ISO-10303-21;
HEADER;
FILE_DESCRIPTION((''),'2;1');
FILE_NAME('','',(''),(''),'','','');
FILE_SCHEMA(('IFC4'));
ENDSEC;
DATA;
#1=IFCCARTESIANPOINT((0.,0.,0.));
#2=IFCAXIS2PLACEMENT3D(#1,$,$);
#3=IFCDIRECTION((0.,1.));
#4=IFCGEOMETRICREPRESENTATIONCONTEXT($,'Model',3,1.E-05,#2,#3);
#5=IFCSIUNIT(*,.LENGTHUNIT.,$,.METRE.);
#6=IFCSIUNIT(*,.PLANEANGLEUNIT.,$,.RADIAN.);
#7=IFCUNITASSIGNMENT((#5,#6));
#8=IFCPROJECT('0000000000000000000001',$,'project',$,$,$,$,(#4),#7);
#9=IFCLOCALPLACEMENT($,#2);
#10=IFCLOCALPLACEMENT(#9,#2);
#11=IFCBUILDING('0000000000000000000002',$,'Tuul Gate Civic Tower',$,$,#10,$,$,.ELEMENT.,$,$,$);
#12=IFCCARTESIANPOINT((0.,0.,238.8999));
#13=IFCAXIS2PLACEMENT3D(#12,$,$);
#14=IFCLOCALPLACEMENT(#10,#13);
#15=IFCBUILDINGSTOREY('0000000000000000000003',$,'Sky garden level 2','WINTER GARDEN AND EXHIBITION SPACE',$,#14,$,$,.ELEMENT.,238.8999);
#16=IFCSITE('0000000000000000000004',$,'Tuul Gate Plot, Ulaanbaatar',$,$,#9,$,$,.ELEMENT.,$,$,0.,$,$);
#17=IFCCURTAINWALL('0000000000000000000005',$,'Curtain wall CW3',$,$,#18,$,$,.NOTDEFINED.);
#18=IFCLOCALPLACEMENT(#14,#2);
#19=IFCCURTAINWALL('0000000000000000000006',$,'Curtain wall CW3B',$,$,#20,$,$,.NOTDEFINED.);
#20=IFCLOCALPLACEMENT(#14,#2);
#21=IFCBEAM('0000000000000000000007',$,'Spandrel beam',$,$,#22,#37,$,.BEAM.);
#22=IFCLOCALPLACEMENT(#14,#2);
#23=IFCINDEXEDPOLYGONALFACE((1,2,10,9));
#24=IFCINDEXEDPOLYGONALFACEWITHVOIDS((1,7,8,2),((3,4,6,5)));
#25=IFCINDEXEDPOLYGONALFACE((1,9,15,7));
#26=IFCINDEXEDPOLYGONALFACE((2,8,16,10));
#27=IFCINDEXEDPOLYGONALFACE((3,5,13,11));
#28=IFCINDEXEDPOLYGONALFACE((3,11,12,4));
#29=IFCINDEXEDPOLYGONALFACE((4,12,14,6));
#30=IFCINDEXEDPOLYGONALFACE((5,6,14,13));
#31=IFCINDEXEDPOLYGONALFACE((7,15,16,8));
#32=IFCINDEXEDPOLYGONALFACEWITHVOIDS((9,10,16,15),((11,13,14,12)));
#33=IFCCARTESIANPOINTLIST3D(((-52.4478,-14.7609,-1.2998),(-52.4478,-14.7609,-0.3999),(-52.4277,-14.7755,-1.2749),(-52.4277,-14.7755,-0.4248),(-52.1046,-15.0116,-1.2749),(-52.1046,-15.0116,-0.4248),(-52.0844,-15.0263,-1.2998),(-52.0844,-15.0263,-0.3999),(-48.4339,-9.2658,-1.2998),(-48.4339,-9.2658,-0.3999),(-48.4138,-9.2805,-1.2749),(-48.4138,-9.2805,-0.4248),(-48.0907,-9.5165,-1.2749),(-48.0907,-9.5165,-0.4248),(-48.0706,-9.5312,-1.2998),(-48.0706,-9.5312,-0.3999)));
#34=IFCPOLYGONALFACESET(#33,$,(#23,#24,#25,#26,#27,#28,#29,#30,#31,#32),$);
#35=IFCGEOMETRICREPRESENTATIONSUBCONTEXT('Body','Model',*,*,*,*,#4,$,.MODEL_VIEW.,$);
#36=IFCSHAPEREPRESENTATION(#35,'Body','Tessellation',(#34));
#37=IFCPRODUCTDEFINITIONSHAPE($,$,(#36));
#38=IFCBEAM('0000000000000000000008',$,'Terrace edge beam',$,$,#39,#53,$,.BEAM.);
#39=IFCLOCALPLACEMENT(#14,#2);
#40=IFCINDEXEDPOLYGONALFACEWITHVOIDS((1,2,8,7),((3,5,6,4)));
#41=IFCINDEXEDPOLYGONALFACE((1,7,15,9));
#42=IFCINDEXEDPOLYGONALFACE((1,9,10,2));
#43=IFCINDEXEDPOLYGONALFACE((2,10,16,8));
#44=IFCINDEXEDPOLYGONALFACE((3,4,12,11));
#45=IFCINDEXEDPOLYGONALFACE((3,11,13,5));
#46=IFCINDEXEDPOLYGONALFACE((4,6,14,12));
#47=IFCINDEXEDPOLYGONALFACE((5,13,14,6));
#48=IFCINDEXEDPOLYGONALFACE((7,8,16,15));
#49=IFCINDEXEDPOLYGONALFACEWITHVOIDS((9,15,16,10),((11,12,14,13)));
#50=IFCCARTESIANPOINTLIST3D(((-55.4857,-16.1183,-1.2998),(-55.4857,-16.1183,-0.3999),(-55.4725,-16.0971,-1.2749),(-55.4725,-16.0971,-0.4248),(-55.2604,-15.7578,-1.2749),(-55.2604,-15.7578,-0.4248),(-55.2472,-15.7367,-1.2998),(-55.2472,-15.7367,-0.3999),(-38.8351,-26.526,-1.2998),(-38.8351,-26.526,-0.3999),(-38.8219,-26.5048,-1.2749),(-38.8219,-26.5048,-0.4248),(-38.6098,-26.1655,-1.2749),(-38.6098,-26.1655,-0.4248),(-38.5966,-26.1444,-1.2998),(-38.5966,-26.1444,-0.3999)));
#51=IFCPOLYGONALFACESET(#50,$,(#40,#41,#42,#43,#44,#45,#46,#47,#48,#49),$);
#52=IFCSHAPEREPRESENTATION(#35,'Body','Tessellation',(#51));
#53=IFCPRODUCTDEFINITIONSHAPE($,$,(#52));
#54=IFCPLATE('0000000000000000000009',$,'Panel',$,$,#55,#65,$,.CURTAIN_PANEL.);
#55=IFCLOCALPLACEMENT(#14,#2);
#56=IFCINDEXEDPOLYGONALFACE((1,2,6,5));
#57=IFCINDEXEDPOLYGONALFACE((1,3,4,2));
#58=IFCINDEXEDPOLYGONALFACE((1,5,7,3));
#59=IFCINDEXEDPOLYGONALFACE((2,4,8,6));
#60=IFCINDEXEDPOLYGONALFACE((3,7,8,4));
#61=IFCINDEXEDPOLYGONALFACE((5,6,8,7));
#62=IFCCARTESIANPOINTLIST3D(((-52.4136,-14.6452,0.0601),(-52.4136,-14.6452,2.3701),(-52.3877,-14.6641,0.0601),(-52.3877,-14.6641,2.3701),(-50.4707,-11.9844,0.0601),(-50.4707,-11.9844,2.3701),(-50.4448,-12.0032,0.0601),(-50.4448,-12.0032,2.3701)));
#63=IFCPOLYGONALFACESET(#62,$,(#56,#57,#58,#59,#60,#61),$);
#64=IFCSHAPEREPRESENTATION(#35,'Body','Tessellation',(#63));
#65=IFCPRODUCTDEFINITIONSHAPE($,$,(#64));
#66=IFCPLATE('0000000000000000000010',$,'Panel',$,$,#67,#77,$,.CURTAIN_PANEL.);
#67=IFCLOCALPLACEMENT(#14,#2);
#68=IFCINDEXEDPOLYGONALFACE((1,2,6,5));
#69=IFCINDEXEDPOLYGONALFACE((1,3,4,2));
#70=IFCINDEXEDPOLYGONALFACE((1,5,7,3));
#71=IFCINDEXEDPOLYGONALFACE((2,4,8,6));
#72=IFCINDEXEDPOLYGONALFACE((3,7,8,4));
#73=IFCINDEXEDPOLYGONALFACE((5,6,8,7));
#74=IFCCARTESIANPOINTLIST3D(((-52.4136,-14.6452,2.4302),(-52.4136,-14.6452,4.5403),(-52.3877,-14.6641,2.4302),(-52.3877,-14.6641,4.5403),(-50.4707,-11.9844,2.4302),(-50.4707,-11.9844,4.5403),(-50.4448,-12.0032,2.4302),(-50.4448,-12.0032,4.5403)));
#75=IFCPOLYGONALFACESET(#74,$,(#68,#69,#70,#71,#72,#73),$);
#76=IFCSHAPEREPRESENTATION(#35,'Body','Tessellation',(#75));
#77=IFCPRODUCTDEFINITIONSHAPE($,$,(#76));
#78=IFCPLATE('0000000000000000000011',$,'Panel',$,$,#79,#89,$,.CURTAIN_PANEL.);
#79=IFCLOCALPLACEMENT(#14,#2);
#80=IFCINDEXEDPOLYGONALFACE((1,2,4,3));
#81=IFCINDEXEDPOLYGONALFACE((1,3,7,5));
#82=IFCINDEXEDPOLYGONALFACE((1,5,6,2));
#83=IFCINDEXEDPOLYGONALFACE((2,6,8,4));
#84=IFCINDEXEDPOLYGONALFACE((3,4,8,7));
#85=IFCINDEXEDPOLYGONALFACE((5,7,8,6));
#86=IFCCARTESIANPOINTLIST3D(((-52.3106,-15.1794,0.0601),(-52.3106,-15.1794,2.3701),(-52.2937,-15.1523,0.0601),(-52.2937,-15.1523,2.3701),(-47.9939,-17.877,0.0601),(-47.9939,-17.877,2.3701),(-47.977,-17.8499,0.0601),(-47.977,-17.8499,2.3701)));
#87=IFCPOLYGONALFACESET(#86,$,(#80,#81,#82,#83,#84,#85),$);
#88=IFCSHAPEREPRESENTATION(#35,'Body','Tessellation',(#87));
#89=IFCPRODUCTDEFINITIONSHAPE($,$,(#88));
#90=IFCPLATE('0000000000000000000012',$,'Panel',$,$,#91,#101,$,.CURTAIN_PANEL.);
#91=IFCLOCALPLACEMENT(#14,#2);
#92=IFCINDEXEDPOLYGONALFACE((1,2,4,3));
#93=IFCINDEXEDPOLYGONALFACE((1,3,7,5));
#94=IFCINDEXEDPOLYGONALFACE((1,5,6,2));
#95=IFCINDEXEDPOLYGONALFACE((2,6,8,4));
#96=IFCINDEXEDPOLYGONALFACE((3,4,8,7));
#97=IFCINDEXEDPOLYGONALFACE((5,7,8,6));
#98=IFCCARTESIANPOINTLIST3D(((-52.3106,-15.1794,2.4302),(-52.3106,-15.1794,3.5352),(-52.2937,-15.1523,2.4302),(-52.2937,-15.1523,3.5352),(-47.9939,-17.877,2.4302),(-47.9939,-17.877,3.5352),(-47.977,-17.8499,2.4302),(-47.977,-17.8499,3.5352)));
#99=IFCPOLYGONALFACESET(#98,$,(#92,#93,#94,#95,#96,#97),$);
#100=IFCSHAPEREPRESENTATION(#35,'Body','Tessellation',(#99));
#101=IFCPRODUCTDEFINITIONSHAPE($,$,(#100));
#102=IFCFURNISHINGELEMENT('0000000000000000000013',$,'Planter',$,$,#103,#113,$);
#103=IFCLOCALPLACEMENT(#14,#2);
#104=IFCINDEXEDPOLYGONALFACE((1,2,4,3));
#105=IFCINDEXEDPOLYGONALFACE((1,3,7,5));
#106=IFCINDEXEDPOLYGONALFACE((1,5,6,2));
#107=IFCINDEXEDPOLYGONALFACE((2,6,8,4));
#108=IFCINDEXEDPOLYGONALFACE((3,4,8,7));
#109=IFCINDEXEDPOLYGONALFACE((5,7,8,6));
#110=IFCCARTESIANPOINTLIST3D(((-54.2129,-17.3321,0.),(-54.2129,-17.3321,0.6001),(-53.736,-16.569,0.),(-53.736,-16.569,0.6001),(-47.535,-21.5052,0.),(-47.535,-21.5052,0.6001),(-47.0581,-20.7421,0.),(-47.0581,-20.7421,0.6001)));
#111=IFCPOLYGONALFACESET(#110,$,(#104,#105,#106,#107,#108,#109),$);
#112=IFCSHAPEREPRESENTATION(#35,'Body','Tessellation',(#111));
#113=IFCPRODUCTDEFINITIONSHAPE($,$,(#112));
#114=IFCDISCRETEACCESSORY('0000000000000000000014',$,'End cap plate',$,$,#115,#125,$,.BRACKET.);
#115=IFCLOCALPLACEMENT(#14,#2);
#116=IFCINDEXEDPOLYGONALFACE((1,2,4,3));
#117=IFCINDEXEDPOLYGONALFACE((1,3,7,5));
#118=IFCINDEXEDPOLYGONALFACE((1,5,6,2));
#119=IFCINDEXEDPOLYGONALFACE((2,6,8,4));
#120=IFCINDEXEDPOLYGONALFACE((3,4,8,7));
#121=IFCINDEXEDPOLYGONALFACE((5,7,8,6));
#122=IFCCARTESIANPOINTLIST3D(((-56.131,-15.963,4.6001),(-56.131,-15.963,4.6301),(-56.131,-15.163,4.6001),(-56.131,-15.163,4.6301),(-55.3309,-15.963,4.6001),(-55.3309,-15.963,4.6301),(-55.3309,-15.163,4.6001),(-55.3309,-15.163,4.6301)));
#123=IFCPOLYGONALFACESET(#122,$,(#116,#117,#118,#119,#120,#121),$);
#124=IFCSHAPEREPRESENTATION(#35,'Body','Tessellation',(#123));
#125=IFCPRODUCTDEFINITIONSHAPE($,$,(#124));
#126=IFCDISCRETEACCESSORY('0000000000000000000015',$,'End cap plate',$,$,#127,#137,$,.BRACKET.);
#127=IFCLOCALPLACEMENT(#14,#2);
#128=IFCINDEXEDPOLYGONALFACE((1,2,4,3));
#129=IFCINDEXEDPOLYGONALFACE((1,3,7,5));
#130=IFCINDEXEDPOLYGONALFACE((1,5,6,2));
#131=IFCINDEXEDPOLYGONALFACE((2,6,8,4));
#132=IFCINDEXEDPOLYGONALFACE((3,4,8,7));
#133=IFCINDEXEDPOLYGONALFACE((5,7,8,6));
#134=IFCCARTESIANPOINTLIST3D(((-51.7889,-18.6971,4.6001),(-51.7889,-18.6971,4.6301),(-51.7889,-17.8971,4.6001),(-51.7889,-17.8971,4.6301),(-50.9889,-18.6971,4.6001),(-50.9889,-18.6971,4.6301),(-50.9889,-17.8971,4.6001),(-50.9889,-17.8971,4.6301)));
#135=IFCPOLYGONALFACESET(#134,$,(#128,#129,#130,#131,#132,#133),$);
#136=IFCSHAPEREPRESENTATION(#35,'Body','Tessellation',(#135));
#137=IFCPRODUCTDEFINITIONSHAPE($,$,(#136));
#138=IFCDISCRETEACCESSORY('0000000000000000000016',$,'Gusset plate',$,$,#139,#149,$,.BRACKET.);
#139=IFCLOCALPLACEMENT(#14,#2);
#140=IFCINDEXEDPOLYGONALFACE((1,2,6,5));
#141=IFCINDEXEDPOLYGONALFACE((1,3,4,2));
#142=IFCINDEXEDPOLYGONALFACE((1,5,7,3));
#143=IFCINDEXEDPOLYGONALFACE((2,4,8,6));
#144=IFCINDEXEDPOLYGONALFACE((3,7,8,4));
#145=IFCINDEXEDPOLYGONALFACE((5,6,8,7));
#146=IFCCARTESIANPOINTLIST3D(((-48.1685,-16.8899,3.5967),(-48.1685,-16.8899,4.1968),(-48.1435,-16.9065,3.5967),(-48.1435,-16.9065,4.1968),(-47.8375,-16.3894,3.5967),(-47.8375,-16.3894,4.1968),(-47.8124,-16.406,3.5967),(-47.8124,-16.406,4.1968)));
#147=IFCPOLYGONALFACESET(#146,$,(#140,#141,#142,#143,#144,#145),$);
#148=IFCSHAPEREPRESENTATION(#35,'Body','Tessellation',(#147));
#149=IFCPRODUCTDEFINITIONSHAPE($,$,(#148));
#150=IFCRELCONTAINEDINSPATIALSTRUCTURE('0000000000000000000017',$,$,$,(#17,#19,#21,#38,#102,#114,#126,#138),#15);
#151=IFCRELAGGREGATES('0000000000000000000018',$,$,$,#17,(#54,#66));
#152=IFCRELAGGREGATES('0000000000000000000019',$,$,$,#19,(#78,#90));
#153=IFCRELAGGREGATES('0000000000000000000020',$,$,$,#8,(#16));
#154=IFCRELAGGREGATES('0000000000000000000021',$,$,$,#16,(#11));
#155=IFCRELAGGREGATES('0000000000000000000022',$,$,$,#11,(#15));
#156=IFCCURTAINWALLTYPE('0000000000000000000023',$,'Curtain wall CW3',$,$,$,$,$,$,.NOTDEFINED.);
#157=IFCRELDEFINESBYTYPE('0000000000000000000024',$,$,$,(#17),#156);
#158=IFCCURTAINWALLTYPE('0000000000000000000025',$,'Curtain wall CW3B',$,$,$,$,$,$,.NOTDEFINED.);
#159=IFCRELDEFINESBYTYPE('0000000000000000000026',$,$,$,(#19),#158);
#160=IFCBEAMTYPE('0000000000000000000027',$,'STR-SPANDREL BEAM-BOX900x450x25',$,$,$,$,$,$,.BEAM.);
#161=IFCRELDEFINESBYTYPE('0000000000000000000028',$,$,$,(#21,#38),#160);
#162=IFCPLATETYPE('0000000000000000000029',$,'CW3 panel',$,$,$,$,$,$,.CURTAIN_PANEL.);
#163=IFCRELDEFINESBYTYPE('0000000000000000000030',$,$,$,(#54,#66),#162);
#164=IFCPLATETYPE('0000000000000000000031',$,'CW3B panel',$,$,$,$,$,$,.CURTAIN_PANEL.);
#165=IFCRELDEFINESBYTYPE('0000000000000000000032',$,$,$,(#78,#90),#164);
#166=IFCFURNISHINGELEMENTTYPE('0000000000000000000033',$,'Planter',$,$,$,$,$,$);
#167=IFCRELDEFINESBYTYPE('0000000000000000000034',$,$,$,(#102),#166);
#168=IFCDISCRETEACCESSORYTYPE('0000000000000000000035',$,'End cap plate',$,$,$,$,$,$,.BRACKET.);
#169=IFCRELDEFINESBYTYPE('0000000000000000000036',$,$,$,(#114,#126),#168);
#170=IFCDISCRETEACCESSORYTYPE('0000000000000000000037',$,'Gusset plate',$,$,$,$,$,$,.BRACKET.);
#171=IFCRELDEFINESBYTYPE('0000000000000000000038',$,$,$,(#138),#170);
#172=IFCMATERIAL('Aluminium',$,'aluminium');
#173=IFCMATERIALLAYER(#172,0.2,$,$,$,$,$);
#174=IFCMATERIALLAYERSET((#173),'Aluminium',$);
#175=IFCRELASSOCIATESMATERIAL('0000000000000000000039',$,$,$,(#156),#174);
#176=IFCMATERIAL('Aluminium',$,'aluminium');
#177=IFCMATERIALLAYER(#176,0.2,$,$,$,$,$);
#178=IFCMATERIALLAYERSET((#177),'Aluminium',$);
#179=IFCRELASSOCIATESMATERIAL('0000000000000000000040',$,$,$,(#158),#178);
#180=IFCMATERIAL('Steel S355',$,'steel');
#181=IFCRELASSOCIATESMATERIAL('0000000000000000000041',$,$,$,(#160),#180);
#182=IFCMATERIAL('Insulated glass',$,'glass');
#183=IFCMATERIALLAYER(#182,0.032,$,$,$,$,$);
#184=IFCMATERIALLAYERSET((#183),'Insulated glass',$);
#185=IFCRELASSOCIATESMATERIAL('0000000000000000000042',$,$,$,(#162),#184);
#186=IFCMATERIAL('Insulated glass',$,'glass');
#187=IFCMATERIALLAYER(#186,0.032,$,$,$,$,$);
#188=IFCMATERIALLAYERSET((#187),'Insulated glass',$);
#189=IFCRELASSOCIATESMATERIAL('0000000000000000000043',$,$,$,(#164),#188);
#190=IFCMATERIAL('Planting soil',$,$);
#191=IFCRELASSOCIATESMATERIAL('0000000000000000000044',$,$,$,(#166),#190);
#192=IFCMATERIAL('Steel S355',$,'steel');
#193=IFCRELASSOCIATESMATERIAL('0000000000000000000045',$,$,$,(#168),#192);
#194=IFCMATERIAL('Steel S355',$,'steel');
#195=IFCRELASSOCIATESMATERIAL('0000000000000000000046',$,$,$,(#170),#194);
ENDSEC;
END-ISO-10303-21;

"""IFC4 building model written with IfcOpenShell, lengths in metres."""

from ifc_helpers import new_model, si_unit, direction, frame, origin, origin_2d, place, context, subcontext, project, spatial, rectangle, hollow_rectangle, extrude, material, layer, layer_set, material_profile, profile_set, type_object, element, aggregate, save


model = new_model("IFC4")

# Units and contexts
model_context = context("Model", 3, precision=1e-05, world=origin(), true_north=direction((0.0, 1.0)))
body_context = subcontext(model_context, "Body", "Model", "MODEL_VIEW")
ifc_project = project(units=[si_unit("LENGTHUNIT", "METRE"), si_unit("PLANEANGLEUNIT", "RADIAN")], contexts=[model_context])

# Site, building, storey
site_placement = place(None, origin())
site = spatial("IfcSite", under=ifc_project, at=site_placement, Name="Tuul Gate Plot, Ulaanbaatar", CompositionType="ELEMENT", RefElevation=0.0)
building_placement = place(site_placement, origin())
building = spatial("IfcBuilding", under=site, at=building_placement, Name="Tuul Gate Civic Tower", CompositionType="ELEMENT")
storey_placement = place(building_placement, frame((0.0, 0.0, 238.8999)))
storey = spatial("IfcBuildingStorey", under=building, at=storey_placement, Name="Sky garden level 2", Description="WINTER GARDEN AND EXHIBITION SPACE", CompositionType="ELEMENT", Elevation=238.8999)

# Curtain wall
ifc_material_1 = material(Name="Aluminium", Category="aluminium")
ifc_layer_1 = layer(ifc_material_1, 0.2)
ifc_layer_set_1 = layer_set([ifc_layer_1], Name="Aluminium")
curtain_wall_type_1 = type_object("IfcCurtainWallType", Name="Curtain wall CW3", PredefinedType="NOTDEFINED", material=ifc_layer_set_1)
curtain_wall_1_placement = place(storey_placement, origin())
curtain_wall_1 = element("IfcCurtainWall", 1, at=curtain_wall_1_placement, inside=storey, type_object=curtain_wall_type_1, Name="Curtain wall CW3", PredefinedType="NOTDEFINED")

# Curtain wall
ifc_material_2 = material(Name="Aluminium", Category="aluminium")
ifc_layer_2 = layer(ifc_material_2, 0.2)
ifc_layer_set_2 = layer_set([ifc_layer_2], Name="Aluminium")
curtain_wall_type_2 = type_object("IfcCurtainWallType", Name="Curtain wall CW3B", PredefinedType="NOTDEFINED", material=ifc_layer_set_2)
curtain_wall_2_placement = place(storey_placement, origin())
curtain_wall_2 = element("IfcCurtainWall", 2, at=curtain_wall_2_placement, inside=storey, type_object=curtain_wall_type_2, Name="Curtain wall CW3B", PredefinedType="NOTDEFINED")

# Beams
ifc_material_3 = material(Name="Steel S355", Category="steel")
ifc_material_profile_1 = material_profile(ifc_material_3, hollow_rectangle(XDim=0.45, YDim=0.8999, WallThickness=0.0249, at=origin_2d()), Name="BOX900x450x25")
ifc_profile_set_1 = profile_set([ifc_material_profile_1], Name="Steel S355")
beam_type_1 = type_object("IfcBeamType", Name="STR-SPANDREL BEAM-BOX900x450x25", PredefinedType="BEAM", material=ifc_profile_set_1)
beam_1_placement = place(storey_placement, frame((-52.2661, -14.8936, -0.8499), z_axis=(0.589849, 0.807513, 0.0), x_axis=(-0.807513, 0.589849, 0.0)))
element("IfcBeam", 3, at=beam_1_placement, inside=storey, type_object=beam_type_1, Name="Spandrel beam", PredefinedType="BEAM", context=body_context, shape_type="SweptSolid", body=[
    extrude(hollow_rectangle(XDim=0.45, YDim=0.8999, WallThickness=0.0249, at=origin_2d()), origin(), (0.0, 0.0, 1.0), 6.8049),
])
beam_2_placement = place(storey_placement, frame((-55.3665, -15.9275, -0.8499), z_axis=(0.847974, -0.530038, 0.0), x_axis=(0.530038, 0.847974, 0.0)))
element("IfcBeam", 4, at=beam_2_placement, inside=storey, type_object=beam_type_1, Name="Terrace edge beam", PredefinedType="BEAM", context=body_context, shape_type="SweptSolid", body=[
    extrude(hollow_rectangle(XDim=0.45, YDim=0.8999, WallThickness=0.0249, at=origin_2d()), origin(), (0.0, 0.0, 1.0), 19.6357),
])

# Plates
ifc_material_4 = material(Name="Insulated glass", Category="glass")
ifc_layer_3 = layer(ifc_material_4, 0.032)
ifc_layer_set_3 = layer_set([ifc_layer_3], Name="Insulated glass")
plate_type_1 = type_object("IfcPlateType", Name="CW3 panel", PredefinedType="CURTAIN_PANEL", material=ifc_layer_set_3)
plate_1_placement = place(storey_placement, frame((-51.4292, -13.3242, 0.0601), z_axis=(0.0, 0.0, 1.0), x_axis=(-0.589717, -0.80761, 0.0)))
plate_1 = element("IfcPlate", 5, at=plate_1_placement, type_object=plate_type_1, Name="Panel", PredefinedType="CURTAIN_PANEL", context=body_context, shape_type="SweptSolid", body=[
    extrude(rectangle(XDim=3.2947, YDim=0.032, at=origin_2d()), origin(), (0.0, 0.0, 1.0), 2.3101),
])
plate_2_placement = place(storey_placement, frame((-51.4292, -13.3242, 2.4302), z_axis=(0.0, 0.0, 1.0), x_axis=(-0.589717, -0.80761, 0.0)))
plate_2 = element("IfcPlate", 6, at=plate_2_placement, type_object=plate_type_1, Name="Panel", PredefinedType="CURTAIN_PANEL", context=body_context, shape_type="SweptSolid", body=[
    extrude(rectangle(XDim=3.2947, YDim=0.032, at=origin_2d()), origin(), (0.0, 0.0, 1.0), 2.1101),
])
aggregate(curtain_wall_1, [plate_1, plate_2])
ifc_material_5 = material(Name="Insulated glass", Category="glass")
ifc_layer_4 = layer(ifc_material_5, 0.032)
ifc_layer_set_4 = layer_set([ifc_layer_4], Name="Insulated glass")
plate_type_2 = type_object("IfcPlateType", Name="CW3B panel", PredefinedType="CURTAIN_PANEL", material=ifc_layer_set_4)
plate_3_placement = place(storey_placement, frame((-50.1438, -16.5146, 0.0601), z_axis=(0.0, 0.0, 1.0), x_axis=(0.848024, -0.529958, 0.0)))
plate_3 = element("IfcPlate", 7, at=plate_3_placement, type_object=plate_type_2, Name="Panel", PredefinedType="CURTAIN_PANEL", context=body_context, shape_type="SweptSolid", body=[
    extrude(rectangle(XDim=5.0903, YDim=0.032, at=origin_2d()), origin(), (0.0, 0.0, 1.0), 2.3101),
])
plate_4_placement = place(storey_placement, frame((-50.1438, -16.5146, 2.4302), z_axis=(0.0, 0.0, 1.0), x_axis=(0.848024, -0.529958, 0.0)))
plate_4 = element("IfcPlate", 8, at=plate_4_placement, type_object=plate_type_2, Name="Panel", PredefinedType="CURTAIN_PANEL", context=body_context, shape_type="SweptSolid", body=[
    extrude(rectangle(XDim=5.0903, YDim=0.032, at=origin_2d()), origin(), (0.0, 0.0, 1.0), 1.105),
])
aggregate(curtain_wall_2, [plate_3, plate_4])

# Furnishing element
ifc_material_6 = material(Name="Planting soil")
furnishing_element_type = type_object("IfcFurnishingElementType", Name="Planter", material=ifc_material_6)
furnishing_placement = place(storey_placement, frame((-50.6355, -19.0371, 0.0), z_axis=(0.0, 0.0, 1.0), x_axis=(0.848029, -0.52995, 0.0)))
element("IfcFurnishingElement", 9, at=furnishing_placement, inside=storey, type_object=furnishing_element_type, Name="Planter", context=body_context, shape_type="SweptSolid", body=[
    extrude(rectangle(XDim=7.8745, YDim=0.8999, at=origin_2d()), origin(), (0.0, 0.0, 1.0), 0.6001),
])

# Discrete accessories
ifc_material_7 = material(Name="Steel S355", Category="steel")
discrete_accessory_type_1 = type_object("IfcDiscreteAccessoryType", Name="End cap plate", PredefinedType="BRACKET", material=ifc_material_7)
for number, where, z_axis, x_axis, name in (
    (10, (-55.731, -15.563, 4.6001), (0.0, 0.0, 1.0), (1.0, 0.0, 0.0), "End cap plate"),
    (11, (-51.3889, -18.2971, 4.6001), (0.0, 0.0, 1.0), (1.0, 0.0, 0.0), "End cap plate"),
):
    element("IfcDiscreteAccessory", number, at=place(storey_placement, frame(where, z_axis=z_axis, x_axis=x_axis)), inside=storey, type_object=discrete_accessory_type_1, Name=name, PredefinedType="BRACKET", context=body_context, shape_type="SweptSolid", body=[
        extrude(rectangle(XDim=0.8, YDim=0.8, at=origin_2d()), origin(), (0.0, 0.0, 1.0), 0.03),
    ])
ifc_material_8 = material(Name="Steel S355", Category="steel")
discrete_accessory_type_2 = type_object("IfcDiscreteAccessoryType", Name="Gusset plate", PredefinedType="BRACKET", material=ifc_material_8)
discrete_accessory_placement = place(storey_placement, frame((-47.9905, -16.6479, 3.5967), z_axis=(0.0, 0.0, 1.0), x_axis=(0.551645, 0.834079, 0.0)))
element("IfcDiscreteAccessory", 12, at=discrete_accessory_placement, inside=storey, type_object=discrete_accessory_type_2, Name="Gusset plate", PredefinedType="BRACKET", context=body_context, shape_type="SweptSolid", body=[
    extrude(rectangle(XDim=0.6001, YDim=0.03, at=origin_2d()), origin(), (0.0, 0.0, 1.0), 0.6001),
])

save(model, "model.ifc")
